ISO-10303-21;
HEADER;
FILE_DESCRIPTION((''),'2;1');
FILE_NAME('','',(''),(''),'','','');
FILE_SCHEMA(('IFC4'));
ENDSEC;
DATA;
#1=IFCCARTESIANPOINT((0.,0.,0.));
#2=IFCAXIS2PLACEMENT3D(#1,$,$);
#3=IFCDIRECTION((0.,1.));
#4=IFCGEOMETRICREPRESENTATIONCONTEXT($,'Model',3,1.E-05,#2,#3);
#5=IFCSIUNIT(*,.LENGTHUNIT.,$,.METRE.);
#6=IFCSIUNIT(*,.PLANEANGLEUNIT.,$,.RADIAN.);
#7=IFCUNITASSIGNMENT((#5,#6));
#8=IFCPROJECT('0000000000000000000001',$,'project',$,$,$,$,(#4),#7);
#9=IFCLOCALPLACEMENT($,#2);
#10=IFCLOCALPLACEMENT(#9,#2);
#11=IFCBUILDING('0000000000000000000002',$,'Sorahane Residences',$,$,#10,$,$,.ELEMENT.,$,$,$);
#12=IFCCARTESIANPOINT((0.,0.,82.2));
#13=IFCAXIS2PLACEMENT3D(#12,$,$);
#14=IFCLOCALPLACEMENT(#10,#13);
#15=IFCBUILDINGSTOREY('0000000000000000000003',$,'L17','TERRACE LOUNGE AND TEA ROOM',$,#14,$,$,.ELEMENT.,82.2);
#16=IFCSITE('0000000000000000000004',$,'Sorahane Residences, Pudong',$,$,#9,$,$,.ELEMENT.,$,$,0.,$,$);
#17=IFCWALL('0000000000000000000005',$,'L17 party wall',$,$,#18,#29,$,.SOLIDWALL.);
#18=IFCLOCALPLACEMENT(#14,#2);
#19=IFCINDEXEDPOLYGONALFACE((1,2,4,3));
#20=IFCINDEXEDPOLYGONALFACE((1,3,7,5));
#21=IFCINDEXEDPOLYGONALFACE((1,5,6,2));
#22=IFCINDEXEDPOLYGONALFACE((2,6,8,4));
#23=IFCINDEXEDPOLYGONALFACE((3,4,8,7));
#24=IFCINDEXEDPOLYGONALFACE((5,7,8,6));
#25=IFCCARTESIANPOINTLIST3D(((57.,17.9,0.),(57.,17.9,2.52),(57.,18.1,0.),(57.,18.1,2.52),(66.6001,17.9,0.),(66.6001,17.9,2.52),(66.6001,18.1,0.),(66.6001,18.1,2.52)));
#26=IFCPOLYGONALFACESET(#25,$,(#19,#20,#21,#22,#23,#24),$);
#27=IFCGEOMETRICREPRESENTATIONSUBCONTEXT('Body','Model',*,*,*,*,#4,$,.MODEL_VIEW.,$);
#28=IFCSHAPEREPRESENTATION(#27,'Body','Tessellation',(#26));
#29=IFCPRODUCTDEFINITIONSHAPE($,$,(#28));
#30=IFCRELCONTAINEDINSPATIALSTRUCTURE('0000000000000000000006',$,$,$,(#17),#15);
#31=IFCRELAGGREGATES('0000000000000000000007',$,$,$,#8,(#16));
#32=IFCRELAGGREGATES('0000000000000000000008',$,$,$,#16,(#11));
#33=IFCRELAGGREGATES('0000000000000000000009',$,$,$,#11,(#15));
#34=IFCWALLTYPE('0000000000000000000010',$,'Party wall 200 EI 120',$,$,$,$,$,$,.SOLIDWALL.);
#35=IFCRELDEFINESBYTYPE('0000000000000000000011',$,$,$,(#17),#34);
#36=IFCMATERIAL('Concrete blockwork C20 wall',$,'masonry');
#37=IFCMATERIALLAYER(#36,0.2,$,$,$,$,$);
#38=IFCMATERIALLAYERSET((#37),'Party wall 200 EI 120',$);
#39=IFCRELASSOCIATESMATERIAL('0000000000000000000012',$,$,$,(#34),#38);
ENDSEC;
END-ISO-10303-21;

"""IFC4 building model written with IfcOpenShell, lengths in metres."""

from ifc_helpers import new_model, si_unit, direction, frame, frame_2d, origin, place, context, subcontext, project, spatial, rectangle, extrude, material, layer, layer_set, type_object, element, save


model = new_model("IFC4")

# Units and contexts
model_context = context("Model", 3, precision=1e-05, world=origin(), true_north=direction((0.0, 1.0)))
body_context = subcontext(model_context, "Body", "Model", "MODEL_VIEW")
ifc_project = project(units=[si_unit("LENGTHUNIT", "METRE"), si_unit("PLANEANGLEUNIT", "RADIAN")], contexts=[model_context])

# Site, building, storey
site_placement = place(None, origin())
site = spatial("IfcSite", under=ifc_project, at=site_placement, Name="Sorahane Residences, Pudong", CompositionType="ELEMENT", RefElevation=0.0)
building_placement = place(site_placement, origin())
building = spatial("IfcBuilding", under=site, at=building_placement, Name="Sorahane Residences", CompositionType="ELEMENT")
storey_placement = place(building_placement, frame((0.0, 0.0, 82.2)))
storey = spatial("IfcBuildingStorey", under=building, at=storey_placement, Name="L17", Description="TERRACE LOUNGE AND TEA ROOM", CompositionType="ELEMENT", Elevation=82.2)

# Wall
ifc_material_1 = material(Name="Concrete blockwork C20 wall", Category="masonry")
ifc_layer_1 = layer(ifc_material_1, 0.2)
ifc_layer_set_1 = layer_set([ifc_layer_1], Name="Party wall 200 EI 120")
wall_type_1 = type_object("IfcWallType", Name="Party wall 200 EI 120", PredefinedType="SOLIDWALL", material=ifc_layer_set_1)
wall_1_placement = place(storey_placement, frame((57.0, 18.0, 0.0), z_axis=(0.0, 0.0, 1.0), x_axis=(1.0, 0.0, 0.0)))
element("IfcWall", 1, at=wall_1_placement, inside=storey, type_object=wall_type_1, Name="L17 party wall", PredefinedType="SOLIDWALL", context=body_context, shape_type="SweptSolid", body=[
    extrude(rectangle(XDim=9.6001, YDim=0.2, at=frame_2d((4.8, 0.0))), origin(), (0.0, 0.0, 1.0), 2.52),
])

save(model, "model.ifc")
